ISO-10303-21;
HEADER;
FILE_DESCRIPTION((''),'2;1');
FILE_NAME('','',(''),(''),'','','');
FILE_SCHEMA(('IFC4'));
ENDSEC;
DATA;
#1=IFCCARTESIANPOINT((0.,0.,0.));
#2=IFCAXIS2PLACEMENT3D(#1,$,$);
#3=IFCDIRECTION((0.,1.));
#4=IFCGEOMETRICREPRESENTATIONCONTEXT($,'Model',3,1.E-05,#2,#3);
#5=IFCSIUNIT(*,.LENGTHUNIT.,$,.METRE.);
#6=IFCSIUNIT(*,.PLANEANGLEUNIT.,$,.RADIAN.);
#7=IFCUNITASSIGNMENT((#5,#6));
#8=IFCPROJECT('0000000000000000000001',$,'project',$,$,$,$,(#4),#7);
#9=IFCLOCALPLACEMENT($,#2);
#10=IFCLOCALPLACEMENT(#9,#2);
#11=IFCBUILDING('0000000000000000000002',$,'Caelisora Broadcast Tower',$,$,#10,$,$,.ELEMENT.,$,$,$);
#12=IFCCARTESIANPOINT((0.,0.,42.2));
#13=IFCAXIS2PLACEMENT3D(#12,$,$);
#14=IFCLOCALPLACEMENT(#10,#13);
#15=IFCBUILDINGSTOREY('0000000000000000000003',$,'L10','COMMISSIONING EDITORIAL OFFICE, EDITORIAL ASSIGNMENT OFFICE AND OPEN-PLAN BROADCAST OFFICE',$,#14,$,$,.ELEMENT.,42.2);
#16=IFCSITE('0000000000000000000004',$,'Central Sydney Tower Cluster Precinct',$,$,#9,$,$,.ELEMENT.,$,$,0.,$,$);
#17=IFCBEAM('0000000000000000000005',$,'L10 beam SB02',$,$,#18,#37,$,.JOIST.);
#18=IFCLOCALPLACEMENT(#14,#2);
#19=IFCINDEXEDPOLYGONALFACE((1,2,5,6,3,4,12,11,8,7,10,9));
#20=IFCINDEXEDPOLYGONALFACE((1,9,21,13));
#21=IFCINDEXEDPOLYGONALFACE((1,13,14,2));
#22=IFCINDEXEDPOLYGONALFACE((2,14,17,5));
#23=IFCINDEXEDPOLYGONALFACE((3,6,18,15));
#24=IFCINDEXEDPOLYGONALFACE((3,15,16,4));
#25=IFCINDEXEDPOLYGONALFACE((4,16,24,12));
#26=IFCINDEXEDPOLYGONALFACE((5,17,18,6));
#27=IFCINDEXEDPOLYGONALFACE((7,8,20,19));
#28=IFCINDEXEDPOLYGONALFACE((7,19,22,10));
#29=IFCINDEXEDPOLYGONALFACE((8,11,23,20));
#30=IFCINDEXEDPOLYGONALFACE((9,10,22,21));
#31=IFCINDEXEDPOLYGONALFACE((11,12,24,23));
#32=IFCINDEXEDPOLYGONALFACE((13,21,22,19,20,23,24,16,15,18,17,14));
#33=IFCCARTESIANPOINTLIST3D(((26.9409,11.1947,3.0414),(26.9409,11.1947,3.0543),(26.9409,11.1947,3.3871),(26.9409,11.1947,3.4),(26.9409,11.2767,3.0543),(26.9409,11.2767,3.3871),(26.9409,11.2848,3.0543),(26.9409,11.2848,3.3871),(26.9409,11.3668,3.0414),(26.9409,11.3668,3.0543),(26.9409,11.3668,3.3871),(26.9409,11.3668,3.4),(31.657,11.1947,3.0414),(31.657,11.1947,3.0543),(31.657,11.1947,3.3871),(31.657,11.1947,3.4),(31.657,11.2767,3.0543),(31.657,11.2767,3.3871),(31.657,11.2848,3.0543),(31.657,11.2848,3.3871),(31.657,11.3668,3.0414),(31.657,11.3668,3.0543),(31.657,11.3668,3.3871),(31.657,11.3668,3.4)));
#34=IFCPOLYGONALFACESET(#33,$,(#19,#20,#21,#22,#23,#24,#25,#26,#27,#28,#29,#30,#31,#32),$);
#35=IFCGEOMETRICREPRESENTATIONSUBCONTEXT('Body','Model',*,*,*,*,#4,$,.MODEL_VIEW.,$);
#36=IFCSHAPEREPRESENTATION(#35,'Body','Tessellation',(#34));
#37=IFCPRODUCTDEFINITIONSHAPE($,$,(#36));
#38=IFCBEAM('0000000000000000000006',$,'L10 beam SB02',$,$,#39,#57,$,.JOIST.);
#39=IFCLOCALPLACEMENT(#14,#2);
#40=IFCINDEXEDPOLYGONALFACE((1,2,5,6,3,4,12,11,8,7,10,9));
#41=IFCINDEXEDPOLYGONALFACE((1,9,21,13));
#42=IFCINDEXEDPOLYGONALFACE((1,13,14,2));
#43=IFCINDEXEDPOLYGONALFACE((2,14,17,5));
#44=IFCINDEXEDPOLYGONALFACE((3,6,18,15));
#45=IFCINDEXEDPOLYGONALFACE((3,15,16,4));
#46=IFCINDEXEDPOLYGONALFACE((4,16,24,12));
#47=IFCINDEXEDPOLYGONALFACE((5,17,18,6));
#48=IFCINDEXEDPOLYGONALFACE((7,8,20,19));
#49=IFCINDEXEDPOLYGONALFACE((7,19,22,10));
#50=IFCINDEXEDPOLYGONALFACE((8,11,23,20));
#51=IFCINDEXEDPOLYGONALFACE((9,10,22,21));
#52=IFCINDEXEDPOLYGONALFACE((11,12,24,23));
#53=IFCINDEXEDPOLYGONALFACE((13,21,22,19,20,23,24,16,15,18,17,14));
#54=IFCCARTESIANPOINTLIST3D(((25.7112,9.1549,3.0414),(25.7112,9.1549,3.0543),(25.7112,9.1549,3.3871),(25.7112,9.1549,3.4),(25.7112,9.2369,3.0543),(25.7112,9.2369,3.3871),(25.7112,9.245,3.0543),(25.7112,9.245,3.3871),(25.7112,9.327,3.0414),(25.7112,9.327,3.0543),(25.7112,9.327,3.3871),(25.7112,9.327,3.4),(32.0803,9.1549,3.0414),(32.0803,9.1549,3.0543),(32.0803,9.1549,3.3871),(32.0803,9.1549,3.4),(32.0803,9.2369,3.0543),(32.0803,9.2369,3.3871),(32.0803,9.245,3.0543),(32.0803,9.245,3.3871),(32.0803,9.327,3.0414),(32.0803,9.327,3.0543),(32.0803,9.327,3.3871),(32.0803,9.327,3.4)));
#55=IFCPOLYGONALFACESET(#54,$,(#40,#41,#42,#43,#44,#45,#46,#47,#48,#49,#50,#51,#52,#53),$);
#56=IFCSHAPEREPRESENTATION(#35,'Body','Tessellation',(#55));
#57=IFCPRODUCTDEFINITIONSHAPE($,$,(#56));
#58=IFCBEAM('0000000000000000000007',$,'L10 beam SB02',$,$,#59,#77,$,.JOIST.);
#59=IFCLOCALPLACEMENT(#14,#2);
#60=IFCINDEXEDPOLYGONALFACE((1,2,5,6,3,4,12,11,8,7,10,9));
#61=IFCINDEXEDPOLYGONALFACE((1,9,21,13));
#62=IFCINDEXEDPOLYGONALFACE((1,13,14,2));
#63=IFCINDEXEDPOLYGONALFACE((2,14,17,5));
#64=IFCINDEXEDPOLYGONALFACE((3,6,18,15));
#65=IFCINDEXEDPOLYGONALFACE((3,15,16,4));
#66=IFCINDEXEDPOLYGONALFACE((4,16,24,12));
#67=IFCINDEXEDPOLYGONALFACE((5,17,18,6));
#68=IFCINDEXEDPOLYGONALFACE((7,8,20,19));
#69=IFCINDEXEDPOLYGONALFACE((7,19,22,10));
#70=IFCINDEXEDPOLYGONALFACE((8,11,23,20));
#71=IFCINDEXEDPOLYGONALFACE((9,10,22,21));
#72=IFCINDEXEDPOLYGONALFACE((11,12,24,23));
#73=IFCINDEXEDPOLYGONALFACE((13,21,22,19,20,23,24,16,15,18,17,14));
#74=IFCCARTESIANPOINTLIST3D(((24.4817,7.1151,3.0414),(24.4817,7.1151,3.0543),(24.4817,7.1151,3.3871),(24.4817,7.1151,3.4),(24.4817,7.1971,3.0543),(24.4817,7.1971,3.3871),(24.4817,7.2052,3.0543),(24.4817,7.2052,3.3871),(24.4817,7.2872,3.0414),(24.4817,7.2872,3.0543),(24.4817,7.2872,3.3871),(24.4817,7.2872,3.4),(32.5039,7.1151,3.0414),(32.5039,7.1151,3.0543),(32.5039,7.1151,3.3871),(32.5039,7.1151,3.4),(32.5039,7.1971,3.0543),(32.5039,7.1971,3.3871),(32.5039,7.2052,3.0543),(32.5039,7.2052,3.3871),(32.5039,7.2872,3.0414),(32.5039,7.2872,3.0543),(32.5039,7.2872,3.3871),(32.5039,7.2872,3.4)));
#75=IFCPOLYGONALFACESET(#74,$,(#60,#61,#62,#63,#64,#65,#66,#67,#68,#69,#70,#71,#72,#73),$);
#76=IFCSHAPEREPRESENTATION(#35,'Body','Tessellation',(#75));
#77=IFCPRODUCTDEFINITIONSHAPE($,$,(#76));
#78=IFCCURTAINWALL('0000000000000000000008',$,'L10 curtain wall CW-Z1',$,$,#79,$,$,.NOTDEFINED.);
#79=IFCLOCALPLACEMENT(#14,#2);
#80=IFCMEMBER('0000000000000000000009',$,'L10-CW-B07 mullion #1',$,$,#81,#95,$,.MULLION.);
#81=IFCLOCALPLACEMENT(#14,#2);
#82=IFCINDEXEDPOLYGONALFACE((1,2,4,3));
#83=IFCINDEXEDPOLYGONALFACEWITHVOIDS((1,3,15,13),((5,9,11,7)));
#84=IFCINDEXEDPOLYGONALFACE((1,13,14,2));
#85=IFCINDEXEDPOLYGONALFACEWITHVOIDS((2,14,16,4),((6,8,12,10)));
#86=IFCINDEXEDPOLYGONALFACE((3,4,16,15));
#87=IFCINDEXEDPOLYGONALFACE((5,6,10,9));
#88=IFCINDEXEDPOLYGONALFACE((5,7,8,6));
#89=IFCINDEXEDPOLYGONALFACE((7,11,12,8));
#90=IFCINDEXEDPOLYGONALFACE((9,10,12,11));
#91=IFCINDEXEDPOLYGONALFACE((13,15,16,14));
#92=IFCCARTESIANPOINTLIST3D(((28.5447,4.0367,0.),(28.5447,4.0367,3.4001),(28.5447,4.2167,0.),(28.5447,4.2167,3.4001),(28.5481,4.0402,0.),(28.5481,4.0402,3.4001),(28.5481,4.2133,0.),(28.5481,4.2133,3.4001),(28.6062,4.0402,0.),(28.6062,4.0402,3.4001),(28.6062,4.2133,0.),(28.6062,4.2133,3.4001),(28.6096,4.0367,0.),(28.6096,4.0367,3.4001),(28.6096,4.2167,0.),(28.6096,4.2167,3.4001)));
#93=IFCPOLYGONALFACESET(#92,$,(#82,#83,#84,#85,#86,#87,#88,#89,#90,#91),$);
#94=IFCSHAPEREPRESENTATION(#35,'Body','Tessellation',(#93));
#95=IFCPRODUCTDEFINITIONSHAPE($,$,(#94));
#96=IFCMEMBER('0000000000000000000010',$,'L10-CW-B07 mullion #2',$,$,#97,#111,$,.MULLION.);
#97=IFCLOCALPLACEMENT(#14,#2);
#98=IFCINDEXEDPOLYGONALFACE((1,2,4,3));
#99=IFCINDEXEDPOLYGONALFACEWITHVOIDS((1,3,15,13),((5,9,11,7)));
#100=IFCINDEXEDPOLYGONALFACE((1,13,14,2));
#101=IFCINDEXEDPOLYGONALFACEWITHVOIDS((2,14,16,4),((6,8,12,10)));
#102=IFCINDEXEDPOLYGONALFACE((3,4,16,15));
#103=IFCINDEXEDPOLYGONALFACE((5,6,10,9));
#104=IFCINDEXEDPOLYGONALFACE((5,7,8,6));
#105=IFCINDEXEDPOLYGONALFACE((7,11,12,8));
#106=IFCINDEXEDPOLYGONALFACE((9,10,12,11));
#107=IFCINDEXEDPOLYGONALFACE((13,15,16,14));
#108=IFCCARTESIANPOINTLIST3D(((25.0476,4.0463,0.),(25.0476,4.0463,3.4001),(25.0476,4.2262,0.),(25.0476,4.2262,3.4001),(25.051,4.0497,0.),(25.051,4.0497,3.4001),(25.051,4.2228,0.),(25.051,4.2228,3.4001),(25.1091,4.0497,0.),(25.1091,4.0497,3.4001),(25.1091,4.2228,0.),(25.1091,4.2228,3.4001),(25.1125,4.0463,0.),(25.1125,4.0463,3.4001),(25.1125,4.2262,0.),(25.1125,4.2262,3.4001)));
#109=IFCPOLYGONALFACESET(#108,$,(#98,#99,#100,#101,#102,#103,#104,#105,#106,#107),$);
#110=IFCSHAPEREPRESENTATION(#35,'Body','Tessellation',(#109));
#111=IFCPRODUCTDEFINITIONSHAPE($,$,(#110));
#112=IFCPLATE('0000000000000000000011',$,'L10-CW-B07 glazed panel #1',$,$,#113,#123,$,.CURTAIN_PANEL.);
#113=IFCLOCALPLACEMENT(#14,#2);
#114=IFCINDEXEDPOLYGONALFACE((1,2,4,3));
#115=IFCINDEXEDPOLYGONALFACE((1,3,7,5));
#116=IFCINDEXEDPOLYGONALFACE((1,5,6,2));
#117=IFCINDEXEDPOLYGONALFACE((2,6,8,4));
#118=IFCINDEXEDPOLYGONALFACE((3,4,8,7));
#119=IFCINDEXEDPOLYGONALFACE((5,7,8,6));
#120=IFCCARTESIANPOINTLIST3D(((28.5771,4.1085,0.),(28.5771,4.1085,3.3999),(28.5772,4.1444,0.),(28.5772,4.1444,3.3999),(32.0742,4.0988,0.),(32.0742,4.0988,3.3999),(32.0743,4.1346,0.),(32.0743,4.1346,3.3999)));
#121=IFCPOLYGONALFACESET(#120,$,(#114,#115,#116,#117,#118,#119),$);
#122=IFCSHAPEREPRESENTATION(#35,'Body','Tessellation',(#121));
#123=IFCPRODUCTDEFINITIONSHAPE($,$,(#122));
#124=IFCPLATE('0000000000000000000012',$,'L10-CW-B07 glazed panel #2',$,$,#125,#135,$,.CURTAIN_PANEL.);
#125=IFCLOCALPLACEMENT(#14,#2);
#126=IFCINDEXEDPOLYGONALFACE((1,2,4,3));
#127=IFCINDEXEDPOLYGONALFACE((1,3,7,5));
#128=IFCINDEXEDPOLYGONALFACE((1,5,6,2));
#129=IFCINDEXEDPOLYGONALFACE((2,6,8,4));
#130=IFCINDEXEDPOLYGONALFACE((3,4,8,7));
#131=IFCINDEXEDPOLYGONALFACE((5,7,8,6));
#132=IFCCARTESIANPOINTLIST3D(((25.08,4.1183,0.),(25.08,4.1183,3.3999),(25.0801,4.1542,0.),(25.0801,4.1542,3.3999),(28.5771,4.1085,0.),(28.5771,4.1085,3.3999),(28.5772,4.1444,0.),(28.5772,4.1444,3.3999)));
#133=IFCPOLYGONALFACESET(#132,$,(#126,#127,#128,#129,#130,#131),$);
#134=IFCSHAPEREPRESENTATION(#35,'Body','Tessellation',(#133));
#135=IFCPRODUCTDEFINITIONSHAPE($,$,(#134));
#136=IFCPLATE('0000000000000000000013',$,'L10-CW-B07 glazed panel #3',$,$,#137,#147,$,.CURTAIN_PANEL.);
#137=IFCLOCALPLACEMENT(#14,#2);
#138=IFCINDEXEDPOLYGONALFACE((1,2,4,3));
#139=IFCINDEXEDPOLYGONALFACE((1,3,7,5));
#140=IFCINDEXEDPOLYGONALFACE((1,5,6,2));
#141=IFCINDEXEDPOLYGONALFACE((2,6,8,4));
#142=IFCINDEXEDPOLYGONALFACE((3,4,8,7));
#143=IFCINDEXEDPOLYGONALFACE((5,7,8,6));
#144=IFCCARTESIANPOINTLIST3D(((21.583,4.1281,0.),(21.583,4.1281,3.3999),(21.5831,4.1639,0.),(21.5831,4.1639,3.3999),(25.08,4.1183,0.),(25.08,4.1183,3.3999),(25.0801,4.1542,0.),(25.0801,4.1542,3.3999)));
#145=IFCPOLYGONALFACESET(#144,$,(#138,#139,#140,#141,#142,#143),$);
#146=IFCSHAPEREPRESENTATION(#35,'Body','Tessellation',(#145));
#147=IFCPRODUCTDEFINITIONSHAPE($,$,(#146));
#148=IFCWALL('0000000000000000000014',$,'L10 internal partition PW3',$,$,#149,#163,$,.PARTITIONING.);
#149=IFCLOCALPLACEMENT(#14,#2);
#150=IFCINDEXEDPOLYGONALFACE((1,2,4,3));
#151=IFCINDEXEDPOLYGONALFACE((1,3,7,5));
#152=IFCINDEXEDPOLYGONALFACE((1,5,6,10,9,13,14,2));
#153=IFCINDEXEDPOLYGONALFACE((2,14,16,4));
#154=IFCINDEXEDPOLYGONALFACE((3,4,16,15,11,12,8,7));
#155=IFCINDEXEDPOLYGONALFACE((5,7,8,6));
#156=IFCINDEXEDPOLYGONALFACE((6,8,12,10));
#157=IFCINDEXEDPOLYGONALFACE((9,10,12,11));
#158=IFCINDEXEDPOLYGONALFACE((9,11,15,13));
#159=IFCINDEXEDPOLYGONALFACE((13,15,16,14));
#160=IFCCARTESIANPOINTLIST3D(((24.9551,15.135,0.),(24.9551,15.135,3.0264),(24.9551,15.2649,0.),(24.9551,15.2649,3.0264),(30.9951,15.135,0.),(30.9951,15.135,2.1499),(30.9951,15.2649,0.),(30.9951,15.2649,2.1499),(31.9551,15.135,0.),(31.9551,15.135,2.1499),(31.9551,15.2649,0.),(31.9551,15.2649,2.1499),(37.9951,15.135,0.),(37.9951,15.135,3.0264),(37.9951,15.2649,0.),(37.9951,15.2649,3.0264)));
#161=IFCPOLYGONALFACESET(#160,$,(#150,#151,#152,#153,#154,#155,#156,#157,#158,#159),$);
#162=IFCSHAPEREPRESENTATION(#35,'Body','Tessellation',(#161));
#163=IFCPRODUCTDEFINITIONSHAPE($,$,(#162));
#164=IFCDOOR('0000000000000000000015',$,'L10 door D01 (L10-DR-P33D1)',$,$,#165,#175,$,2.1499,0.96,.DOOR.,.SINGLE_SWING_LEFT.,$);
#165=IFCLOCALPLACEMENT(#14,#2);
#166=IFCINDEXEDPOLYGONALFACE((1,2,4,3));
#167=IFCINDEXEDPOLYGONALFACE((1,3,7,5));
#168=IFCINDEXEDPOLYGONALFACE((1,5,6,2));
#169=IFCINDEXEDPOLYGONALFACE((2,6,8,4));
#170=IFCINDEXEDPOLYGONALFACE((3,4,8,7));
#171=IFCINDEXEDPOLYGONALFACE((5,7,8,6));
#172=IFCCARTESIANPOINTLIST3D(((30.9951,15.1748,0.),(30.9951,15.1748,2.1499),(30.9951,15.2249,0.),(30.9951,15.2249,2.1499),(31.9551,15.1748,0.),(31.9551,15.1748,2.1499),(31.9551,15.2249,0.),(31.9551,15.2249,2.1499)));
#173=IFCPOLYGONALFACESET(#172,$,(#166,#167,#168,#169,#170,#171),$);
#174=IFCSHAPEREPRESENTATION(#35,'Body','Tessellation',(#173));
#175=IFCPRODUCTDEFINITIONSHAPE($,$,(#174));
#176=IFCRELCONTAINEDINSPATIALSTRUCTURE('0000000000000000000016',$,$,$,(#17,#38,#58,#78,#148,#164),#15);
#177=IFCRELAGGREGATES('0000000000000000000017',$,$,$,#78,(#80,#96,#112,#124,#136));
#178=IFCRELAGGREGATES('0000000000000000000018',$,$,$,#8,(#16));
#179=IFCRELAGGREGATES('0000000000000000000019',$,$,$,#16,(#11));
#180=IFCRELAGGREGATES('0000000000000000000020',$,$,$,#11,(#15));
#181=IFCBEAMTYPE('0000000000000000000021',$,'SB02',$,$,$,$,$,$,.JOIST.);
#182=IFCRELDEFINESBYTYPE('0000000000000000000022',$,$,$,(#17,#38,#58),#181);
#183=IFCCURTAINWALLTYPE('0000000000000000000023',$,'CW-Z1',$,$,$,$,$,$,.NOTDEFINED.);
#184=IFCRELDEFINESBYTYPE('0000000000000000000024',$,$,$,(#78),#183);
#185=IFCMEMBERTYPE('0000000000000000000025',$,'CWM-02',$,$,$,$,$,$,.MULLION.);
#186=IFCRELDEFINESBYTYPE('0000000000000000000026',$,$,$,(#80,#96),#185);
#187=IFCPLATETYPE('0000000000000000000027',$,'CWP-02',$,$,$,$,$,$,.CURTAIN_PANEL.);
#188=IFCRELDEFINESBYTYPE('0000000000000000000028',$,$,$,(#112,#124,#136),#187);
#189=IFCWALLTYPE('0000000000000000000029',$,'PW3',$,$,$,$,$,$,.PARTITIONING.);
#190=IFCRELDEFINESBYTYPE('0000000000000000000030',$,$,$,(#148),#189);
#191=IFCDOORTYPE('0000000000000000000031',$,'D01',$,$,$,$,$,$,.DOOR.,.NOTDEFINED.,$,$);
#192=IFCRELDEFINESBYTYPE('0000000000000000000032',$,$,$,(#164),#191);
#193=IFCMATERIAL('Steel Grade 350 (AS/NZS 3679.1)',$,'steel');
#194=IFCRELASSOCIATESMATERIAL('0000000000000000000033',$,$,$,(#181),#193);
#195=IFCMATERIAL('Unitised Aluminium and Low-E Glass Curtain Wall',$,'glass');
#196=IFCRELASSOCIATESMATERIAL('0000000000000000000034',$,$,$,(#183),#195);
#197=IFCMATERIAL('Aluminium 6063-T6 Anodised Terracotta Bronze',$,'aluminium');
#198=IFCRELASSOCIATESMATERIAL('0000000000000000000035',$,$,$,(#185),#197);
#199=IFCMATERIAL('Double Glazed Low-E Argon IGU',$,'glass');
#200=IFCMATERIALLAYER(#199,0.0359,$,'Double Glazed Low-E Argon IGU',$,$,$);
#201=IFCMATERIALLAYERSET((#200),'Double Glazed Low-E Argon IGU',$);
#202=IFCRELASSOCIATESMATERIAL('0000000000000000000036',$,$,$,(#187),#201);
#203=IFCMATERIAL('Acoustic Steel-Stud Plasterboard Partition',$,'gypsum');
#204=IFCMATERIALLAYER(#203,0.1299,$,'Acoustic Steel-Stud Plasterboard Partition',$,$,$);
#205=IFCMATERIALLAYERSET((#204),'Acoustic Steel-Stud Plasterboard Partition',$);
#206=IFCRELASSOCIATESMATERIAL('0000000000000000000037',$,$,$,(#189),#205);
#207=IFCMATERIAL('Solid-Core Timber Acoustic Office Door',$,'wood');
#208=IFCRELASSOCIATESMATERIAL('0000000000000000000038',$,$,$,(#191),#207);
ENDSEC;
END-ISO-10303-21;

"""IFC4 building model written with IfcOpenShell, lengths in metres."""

from ifc_helpers import new_model, si_unit, direction, frame, frame_2d, origin, origin_2d, place, context, subcontext, project, spatial, rectangle, hollow_rectangle, i_section, extrude, source, transform, mapped, material, layer, layer_set, material_profile, profile_set, type_object, type_shapes, element, fill, aggregate, save


model = new_model("IFC4")

# Units and contexts
model_context = context("Model", 3, precision=1e-05, world=origin(), true_north=direction((0.0, 1.0)))
body_context = subcontext(model_context, "Body", "Model", "MODEL_VIEW")
ifc_project = project(units=[si_unit("LENGTHUNIT", "METRE"), si_unit("PLANEANGLEUNIT", "RADIAN")], contexts=[model_context])

# Site, building, storey
site_placement = place(None, origin())
site = spatial("IfcSite", under=ifc_project, at=site_placement, Name="Central Sydney Tower Cluster Precinct", CompositionType="ELEMENT", RefElevation=0.0)
building_placement = place(site_placement, origin())
building = spatial("IfcBuilding", under=site, at=building_placement, Name="Caelisora Broadcast Tower", CompositionType="ELEMENT")
storey_placement = place(building_placement, frame((0.0, 0.0, 42.2)))
storey = spatial("IfcBuildingStorey", under=building, at=storey_placement, Name="L10", Description="COMMISSIONING EDITORIAL OFFICE, EDITORIAL ASSIGNMENT OFFICE AND OPEN-PLAN BROADCAST OFFICE", CompositionType="ELEMENT", Elevation=42.2)

# Beams
ifc_material_1 = material(Name="Steel Grade 350 (AS/NZS 3679.1)", Category="steel")
ifc_material_profile_1 = material_profile(ifc_material_1, i_section(OverallWidth=0.1721, OverallDepth=0.3586, WebThickness=0.0081, FlangeThickness=0.0129, at=origin_2d()), Name="Steel Grade 350 (AS/NZS 3679.1)")
ifc_profile_set_1 = profile_set([ifc_material_profile_1], Name="Steel Grade 350 (AS/NZS 3679.1)")
beam_type_1 = type_object("IfcBeamType", Name="SB02", PredefinedType="JOIST", material=ifc_profile_set_1)
shared_shape_1 = source(origin(), body_context, "Body", "SweptSolid", [
    extrude(i_section(OverallWidth=0.1721, OverallDepth=0.3586, WebThickness=0.0081, FlangeThickness=0.0129, at=origin_2d()), origin(), (0.0, 0.0, 1.0), 4.7161),
])
beam_1_placement = place(storey_placement, frame((26.9409, 11.2808, 3.2207), z_axis=(1.0, 0.0, 0.0), x_axis=(0.0, 1.0, 0.0)))
element("IfcBeam", 1, at=beam_1_placement, inside=storey, type_object=beam_type_1, Name="L10 beam SB02", PredefinedType="JOIST", context=body_context, shape_type="MappedRepresentation", body=[
    mapped(shared_shape_1, transform((0.0, 0.0, 0.0), scale=1.0)),
])
shared_shape_2 = source(origin(), body_context, "Body", "SweptSolid", [
    extrude(i_section(OverallWidth=0.1721, OverallDepth=0.3586, WebThickness=0.0081, FlangeThickness=0.0129, at=origin_2d()), origin(), (0.0, 0.0, 1.0), 6.3691),
])
beam_2_placement = place(storey_placement, frame((25.7112, 9.241, 3.2207), z_axis=(1.0, 0.0, 0.0), x_axis=(0.0, 1.0, 0.0)))
element("IfcBeam", 2, at=beam_2_placement, inside=storey, type_object=beam_type_1, Name="L10 beam SB02", PredefinedType="JOIST", context=body_context, shape_type="MappedRepresentation", body=[
    mapped(shared_shape_2, transform((0.0, 0.0, 0.0), scale=1.0)),
])
shared_shape_3 = source(origin(), body_context, "Body", "SweptSolid", [
    extrude(i_section(OverallWidth=0.1721, OverallDepth=0.3586, WebThickness=0.0081, FlangeThickness=0.0129, at=origin_2d()), origin(), (0.0, 0.0, 1.0), 8.0222),
])
beam_3_placement = place(storey_placement, frame((24.4817, 7.2012, 3.2207), z_axis=(1.0, 0.0, 0.0), x_axis=(0.0, 1.0, 0.0)))
element("IfcBeam", 3, at=beam_3_placement, inside=storey, type_object=beam_type_1, Name="L10 beam SB02", PredefinedType="JOIST", context=body_context, shape_type="MappedRepresentation", body=[
    mapped(shared_shape_3, transform((0.0, 0.0, 0.0), scale=1.0)),
])

# Curtain wall, members, plates
ifc_material_2 = material(Name="Unitised Aluminium and Low-E Glass Curtain Wall", Category="glass")
curtain_wall_type = type_object("IfcCurtainWallType", Name="CW-Z1", PredefinedType="NOTDEFINED", material=ifc_material_2)
curtain_wall_placement = place(storey_placement, origin())
curtain_wall = element("IfcCurtainWall", 4, at=curtain_wall_placement, inside=storey, type_object=curtain_wall_type, Name="L10 curtain wall CW-Z1", PredefinedType="NOTDEFINED")
ifc_material_3 = material(Name="Aluminium 6063-T6 Anodised Terracotta Bronze", Category="aluminium")
ifc_material_profile_2 = material_profile(ifc_material_3, hollow_rectangle(XDim=0.0649, YDim=0.1799, WallThickness=0.0034, at=origin_2d()), Name="Aluminium 6063-T6 Anodised Terracotta Bronze")
ifc_profile_set_2 = profile_set([ifc_material_profile_2], Name="Aluminium 6063-T6 Anodised Terracotta Bronze")
member_type = type_object("IfcMemberType", Name="CWM-02", PredefinedType="MULLION", material=ifc_profile_set_2)
shared_shape_4 = source(origin(), body_context, "Body", "SweptSolid", [
    extrude(hollow_rectangle(XDim=0.0649, YDim=0.1799, WallThickness=0.0034, at=origin_2d()), origin(), (0.0, 0.0, 1.0), 3.4001),
])
type_shapes(member_type, [shared_shape_4])
member_1_placement = place(storey_placement, frame((28.5771, 4.1267, 0.0), z_axis=(0.0, 0.0, 1.0), x_axis=(1.0, 0.0, 0.0)))
member_1 = element("IfcMember", 5, at=member_1_placement, type_object=member_type, Name="L10-CW-B07 mullion #1", PredefinedType="MULLION", context=body_context, shape_type="MappedRepresentation", body=[
    mapped(shared_shape_4, transform((0.0, 0.0, 0.0), scale=1.0)),
])
member_2_placement = place(storey_placement, frame((25.0801, 4.1362, 0.0), z_axis=(0.0, 0.0, 1.0), x_axis=(1.0, 0.0, 0.0)))
member_2 = element("IfcMember", 6, at=member_2_placement, type_object=member_type, Name="L10-CW-B07 mullion #2", PredefinedType="MULLION", context=body_context, shape_type="MappedRepresentation", body=[
    mapped(shared_shape_4, transform((0.0, 0.0, 0.0), scale=1.0)),
])
ifc_material_4 = material(Name="Double Glazed Low-E Argon IGU", Category="glass")
ifc_layer_1 = layer(ifc_material_4, 0.0359, Name="Double Glazed Low-E Argon IGU")
ifc_layer_set_1 = layer_set([ifc_layer_1], Name="Double Glazed Low-E Argon IGU")
plate_type = type_object("IfcPlateType", Name="CWP-02", PredefinedType="CURTAIN_PANEL", material=ifc_layer_set_1)
shared_shape_5 = source(origin(), body_context, "Body", "SweptSolid", [
    extrude(rectangle(XDim=3.4971, YDim=0.0359, at=origin_2d()), origin(), (0.0, 0.0, 1.0), 3.3999),
])
type_shapes(plate_type, [shared_shape_5])
plate_1_placement = place(storey_placement, frame((30.3257, 4.1216, 0.0), z_axis=(0.0, 0.0, 1.0), x_axis=(-0.999996, 0.002793, 0.0)))
plate_1 = element("IfcPlate", 7, at=plate_1_placement, type_object=plate_type, Name="L10-CW-B07 glazed panel #1", PredefinedType="CURTAIN_PANEL", context=body_context, shape_type="MappedRepresentation", body=[
    mapped(shared_shape_5, transform((0.0, 0.0, 0.0), scale=1.0)),
])
plate_2_placement = place(storey_placement, frame((26.8286, 4.1313, 0.0), z_axis=(0.0, 0.0, 1.0), x_axis=(-0.999996, 0.002793, 0.0)))
plate_2 = element("IfcPlate", 8, at=plate_2_placement, type_object=plate_type, Name="L10-CW-B07 glazed panel #2", PredefinedType="CURTAIN_PANEL", context=body_context, shape_type="MappedRepresentation", body=[
    mapped(shared_shape_5, transform((0.0, 0.0, 0.0), scale=1.0)),
])
plate_3_placement = place(storey_placement, frame((23.3315, 4.1411, 0.0), z_axis=(0.0, 0.0, 1.0), x_axis=(-0.999996, 0.002793, 0.0)))
plate_3 = element("IfcPlate", 9, at=plate_3_placement, type_object=plate_type, Name="L10-CW-B07 glazed panel #3", PredefinedType="CURTAIN_PANEL", context=body_context, shape_type="MappedRepresentation", body=[
    mapped(shared_shape_5, transform((0.0, 0.0, 0.0), scale=1.0)),
])
aggregate(curtain_wall, [member_1, member_2, plate_1, plate_2, plate_3])

# Wall, opening, door
ifc_material_5 = material(Name="Acoustic Steel-Stud Plasterboard Partition", Category="gypsum")
ifc_layer_2 = layer(ifc_material_5, 0.1299, Name="Acoustic Steel-Stud Plasterboard Partition")
ifc_layer_set_2 = layer_set([ifc_layer_2], Name="Acoustic Steel-Stud Plasterboard Partition")
wall_type = type_object("IfcWallType", Name="PW3", PredefinedType="PARTITIONING", material=ifc_layer_set_2)
wall_1_placement = place(storey_placement, frame((24.9551, 15.2, 0.0), z_axis=(0.0, 0.0, 1.0), x_axis=(1.0, 0.0, 0.0)))
wall_1 = element("IfcWall", 10, at=wall_1_placement, inside=storey, type_object=wall_type, Name="L10 internal partition PW3", PredefinedType="PARTITIONING", context=body_context, shape_type="SweptSolid", body=[
    extrude(rectangle(XDim=13.04, YDim=0.1299, at=frame_2d((6.52, 0.0))), origin(), (0.0, 0.0, 1.0), 3.0264),
])
opening_placement = place(wall_1_placement, frame((6.04, 0.0, 0.0)))
opening = element("IfcOpeningElement", 11, at=opening_placement, cuts=wall_1, PredefinedType="OPENING", context=body_context, shape_type="SweptSolid", body=[
    extrude(rectangle(XDim=0.96, YDim=2.1499, at=frame_2d((0.48, 1.075))), frame((0.0, 0.0769, 0.0), z_axis=(0.0, -1.0, 0.0), x_axis=(1.0, 0.0, 0.0)), (0.0, 0.0, 1.0), 0.1538),
])
ifc_material_6 = material(Name="Solid-Core Timber Acoustic Office Door", Category="wood")
door_type = type_object("IfcDoorType", Name="D01", OperationType="NOTDEFINED", PredefinedType="DOOR", material=ifc_material_6)
door_placement = place(opening_placement, origin())
door = element("IfcDoor", 12, at=door_placement, inside=storey, type_object=door_type, Name="L10 door D01 (L10-DR-P33D1)", OperationType="SINGLE_SWING_LEFT", OverallHeight=2.1499, OverallWidth=0.96, PredefinedType="DOOR", context=body_context, shape_type="SweptSolid", body=[
    extrude(rectangle(XDim=0.96, YDim=2.1499, at=frame_2d((0.48, 1.075))), frame((0.0, 0.0249, 0.0), z_axis=(0.0, -1.0, 0.0), x_axis=(1.0, 0.0, 0.0)), (0.0, 0.0, 1.0), 0.05),
])
fill(opening, door)

save(model, "model.ifc")
